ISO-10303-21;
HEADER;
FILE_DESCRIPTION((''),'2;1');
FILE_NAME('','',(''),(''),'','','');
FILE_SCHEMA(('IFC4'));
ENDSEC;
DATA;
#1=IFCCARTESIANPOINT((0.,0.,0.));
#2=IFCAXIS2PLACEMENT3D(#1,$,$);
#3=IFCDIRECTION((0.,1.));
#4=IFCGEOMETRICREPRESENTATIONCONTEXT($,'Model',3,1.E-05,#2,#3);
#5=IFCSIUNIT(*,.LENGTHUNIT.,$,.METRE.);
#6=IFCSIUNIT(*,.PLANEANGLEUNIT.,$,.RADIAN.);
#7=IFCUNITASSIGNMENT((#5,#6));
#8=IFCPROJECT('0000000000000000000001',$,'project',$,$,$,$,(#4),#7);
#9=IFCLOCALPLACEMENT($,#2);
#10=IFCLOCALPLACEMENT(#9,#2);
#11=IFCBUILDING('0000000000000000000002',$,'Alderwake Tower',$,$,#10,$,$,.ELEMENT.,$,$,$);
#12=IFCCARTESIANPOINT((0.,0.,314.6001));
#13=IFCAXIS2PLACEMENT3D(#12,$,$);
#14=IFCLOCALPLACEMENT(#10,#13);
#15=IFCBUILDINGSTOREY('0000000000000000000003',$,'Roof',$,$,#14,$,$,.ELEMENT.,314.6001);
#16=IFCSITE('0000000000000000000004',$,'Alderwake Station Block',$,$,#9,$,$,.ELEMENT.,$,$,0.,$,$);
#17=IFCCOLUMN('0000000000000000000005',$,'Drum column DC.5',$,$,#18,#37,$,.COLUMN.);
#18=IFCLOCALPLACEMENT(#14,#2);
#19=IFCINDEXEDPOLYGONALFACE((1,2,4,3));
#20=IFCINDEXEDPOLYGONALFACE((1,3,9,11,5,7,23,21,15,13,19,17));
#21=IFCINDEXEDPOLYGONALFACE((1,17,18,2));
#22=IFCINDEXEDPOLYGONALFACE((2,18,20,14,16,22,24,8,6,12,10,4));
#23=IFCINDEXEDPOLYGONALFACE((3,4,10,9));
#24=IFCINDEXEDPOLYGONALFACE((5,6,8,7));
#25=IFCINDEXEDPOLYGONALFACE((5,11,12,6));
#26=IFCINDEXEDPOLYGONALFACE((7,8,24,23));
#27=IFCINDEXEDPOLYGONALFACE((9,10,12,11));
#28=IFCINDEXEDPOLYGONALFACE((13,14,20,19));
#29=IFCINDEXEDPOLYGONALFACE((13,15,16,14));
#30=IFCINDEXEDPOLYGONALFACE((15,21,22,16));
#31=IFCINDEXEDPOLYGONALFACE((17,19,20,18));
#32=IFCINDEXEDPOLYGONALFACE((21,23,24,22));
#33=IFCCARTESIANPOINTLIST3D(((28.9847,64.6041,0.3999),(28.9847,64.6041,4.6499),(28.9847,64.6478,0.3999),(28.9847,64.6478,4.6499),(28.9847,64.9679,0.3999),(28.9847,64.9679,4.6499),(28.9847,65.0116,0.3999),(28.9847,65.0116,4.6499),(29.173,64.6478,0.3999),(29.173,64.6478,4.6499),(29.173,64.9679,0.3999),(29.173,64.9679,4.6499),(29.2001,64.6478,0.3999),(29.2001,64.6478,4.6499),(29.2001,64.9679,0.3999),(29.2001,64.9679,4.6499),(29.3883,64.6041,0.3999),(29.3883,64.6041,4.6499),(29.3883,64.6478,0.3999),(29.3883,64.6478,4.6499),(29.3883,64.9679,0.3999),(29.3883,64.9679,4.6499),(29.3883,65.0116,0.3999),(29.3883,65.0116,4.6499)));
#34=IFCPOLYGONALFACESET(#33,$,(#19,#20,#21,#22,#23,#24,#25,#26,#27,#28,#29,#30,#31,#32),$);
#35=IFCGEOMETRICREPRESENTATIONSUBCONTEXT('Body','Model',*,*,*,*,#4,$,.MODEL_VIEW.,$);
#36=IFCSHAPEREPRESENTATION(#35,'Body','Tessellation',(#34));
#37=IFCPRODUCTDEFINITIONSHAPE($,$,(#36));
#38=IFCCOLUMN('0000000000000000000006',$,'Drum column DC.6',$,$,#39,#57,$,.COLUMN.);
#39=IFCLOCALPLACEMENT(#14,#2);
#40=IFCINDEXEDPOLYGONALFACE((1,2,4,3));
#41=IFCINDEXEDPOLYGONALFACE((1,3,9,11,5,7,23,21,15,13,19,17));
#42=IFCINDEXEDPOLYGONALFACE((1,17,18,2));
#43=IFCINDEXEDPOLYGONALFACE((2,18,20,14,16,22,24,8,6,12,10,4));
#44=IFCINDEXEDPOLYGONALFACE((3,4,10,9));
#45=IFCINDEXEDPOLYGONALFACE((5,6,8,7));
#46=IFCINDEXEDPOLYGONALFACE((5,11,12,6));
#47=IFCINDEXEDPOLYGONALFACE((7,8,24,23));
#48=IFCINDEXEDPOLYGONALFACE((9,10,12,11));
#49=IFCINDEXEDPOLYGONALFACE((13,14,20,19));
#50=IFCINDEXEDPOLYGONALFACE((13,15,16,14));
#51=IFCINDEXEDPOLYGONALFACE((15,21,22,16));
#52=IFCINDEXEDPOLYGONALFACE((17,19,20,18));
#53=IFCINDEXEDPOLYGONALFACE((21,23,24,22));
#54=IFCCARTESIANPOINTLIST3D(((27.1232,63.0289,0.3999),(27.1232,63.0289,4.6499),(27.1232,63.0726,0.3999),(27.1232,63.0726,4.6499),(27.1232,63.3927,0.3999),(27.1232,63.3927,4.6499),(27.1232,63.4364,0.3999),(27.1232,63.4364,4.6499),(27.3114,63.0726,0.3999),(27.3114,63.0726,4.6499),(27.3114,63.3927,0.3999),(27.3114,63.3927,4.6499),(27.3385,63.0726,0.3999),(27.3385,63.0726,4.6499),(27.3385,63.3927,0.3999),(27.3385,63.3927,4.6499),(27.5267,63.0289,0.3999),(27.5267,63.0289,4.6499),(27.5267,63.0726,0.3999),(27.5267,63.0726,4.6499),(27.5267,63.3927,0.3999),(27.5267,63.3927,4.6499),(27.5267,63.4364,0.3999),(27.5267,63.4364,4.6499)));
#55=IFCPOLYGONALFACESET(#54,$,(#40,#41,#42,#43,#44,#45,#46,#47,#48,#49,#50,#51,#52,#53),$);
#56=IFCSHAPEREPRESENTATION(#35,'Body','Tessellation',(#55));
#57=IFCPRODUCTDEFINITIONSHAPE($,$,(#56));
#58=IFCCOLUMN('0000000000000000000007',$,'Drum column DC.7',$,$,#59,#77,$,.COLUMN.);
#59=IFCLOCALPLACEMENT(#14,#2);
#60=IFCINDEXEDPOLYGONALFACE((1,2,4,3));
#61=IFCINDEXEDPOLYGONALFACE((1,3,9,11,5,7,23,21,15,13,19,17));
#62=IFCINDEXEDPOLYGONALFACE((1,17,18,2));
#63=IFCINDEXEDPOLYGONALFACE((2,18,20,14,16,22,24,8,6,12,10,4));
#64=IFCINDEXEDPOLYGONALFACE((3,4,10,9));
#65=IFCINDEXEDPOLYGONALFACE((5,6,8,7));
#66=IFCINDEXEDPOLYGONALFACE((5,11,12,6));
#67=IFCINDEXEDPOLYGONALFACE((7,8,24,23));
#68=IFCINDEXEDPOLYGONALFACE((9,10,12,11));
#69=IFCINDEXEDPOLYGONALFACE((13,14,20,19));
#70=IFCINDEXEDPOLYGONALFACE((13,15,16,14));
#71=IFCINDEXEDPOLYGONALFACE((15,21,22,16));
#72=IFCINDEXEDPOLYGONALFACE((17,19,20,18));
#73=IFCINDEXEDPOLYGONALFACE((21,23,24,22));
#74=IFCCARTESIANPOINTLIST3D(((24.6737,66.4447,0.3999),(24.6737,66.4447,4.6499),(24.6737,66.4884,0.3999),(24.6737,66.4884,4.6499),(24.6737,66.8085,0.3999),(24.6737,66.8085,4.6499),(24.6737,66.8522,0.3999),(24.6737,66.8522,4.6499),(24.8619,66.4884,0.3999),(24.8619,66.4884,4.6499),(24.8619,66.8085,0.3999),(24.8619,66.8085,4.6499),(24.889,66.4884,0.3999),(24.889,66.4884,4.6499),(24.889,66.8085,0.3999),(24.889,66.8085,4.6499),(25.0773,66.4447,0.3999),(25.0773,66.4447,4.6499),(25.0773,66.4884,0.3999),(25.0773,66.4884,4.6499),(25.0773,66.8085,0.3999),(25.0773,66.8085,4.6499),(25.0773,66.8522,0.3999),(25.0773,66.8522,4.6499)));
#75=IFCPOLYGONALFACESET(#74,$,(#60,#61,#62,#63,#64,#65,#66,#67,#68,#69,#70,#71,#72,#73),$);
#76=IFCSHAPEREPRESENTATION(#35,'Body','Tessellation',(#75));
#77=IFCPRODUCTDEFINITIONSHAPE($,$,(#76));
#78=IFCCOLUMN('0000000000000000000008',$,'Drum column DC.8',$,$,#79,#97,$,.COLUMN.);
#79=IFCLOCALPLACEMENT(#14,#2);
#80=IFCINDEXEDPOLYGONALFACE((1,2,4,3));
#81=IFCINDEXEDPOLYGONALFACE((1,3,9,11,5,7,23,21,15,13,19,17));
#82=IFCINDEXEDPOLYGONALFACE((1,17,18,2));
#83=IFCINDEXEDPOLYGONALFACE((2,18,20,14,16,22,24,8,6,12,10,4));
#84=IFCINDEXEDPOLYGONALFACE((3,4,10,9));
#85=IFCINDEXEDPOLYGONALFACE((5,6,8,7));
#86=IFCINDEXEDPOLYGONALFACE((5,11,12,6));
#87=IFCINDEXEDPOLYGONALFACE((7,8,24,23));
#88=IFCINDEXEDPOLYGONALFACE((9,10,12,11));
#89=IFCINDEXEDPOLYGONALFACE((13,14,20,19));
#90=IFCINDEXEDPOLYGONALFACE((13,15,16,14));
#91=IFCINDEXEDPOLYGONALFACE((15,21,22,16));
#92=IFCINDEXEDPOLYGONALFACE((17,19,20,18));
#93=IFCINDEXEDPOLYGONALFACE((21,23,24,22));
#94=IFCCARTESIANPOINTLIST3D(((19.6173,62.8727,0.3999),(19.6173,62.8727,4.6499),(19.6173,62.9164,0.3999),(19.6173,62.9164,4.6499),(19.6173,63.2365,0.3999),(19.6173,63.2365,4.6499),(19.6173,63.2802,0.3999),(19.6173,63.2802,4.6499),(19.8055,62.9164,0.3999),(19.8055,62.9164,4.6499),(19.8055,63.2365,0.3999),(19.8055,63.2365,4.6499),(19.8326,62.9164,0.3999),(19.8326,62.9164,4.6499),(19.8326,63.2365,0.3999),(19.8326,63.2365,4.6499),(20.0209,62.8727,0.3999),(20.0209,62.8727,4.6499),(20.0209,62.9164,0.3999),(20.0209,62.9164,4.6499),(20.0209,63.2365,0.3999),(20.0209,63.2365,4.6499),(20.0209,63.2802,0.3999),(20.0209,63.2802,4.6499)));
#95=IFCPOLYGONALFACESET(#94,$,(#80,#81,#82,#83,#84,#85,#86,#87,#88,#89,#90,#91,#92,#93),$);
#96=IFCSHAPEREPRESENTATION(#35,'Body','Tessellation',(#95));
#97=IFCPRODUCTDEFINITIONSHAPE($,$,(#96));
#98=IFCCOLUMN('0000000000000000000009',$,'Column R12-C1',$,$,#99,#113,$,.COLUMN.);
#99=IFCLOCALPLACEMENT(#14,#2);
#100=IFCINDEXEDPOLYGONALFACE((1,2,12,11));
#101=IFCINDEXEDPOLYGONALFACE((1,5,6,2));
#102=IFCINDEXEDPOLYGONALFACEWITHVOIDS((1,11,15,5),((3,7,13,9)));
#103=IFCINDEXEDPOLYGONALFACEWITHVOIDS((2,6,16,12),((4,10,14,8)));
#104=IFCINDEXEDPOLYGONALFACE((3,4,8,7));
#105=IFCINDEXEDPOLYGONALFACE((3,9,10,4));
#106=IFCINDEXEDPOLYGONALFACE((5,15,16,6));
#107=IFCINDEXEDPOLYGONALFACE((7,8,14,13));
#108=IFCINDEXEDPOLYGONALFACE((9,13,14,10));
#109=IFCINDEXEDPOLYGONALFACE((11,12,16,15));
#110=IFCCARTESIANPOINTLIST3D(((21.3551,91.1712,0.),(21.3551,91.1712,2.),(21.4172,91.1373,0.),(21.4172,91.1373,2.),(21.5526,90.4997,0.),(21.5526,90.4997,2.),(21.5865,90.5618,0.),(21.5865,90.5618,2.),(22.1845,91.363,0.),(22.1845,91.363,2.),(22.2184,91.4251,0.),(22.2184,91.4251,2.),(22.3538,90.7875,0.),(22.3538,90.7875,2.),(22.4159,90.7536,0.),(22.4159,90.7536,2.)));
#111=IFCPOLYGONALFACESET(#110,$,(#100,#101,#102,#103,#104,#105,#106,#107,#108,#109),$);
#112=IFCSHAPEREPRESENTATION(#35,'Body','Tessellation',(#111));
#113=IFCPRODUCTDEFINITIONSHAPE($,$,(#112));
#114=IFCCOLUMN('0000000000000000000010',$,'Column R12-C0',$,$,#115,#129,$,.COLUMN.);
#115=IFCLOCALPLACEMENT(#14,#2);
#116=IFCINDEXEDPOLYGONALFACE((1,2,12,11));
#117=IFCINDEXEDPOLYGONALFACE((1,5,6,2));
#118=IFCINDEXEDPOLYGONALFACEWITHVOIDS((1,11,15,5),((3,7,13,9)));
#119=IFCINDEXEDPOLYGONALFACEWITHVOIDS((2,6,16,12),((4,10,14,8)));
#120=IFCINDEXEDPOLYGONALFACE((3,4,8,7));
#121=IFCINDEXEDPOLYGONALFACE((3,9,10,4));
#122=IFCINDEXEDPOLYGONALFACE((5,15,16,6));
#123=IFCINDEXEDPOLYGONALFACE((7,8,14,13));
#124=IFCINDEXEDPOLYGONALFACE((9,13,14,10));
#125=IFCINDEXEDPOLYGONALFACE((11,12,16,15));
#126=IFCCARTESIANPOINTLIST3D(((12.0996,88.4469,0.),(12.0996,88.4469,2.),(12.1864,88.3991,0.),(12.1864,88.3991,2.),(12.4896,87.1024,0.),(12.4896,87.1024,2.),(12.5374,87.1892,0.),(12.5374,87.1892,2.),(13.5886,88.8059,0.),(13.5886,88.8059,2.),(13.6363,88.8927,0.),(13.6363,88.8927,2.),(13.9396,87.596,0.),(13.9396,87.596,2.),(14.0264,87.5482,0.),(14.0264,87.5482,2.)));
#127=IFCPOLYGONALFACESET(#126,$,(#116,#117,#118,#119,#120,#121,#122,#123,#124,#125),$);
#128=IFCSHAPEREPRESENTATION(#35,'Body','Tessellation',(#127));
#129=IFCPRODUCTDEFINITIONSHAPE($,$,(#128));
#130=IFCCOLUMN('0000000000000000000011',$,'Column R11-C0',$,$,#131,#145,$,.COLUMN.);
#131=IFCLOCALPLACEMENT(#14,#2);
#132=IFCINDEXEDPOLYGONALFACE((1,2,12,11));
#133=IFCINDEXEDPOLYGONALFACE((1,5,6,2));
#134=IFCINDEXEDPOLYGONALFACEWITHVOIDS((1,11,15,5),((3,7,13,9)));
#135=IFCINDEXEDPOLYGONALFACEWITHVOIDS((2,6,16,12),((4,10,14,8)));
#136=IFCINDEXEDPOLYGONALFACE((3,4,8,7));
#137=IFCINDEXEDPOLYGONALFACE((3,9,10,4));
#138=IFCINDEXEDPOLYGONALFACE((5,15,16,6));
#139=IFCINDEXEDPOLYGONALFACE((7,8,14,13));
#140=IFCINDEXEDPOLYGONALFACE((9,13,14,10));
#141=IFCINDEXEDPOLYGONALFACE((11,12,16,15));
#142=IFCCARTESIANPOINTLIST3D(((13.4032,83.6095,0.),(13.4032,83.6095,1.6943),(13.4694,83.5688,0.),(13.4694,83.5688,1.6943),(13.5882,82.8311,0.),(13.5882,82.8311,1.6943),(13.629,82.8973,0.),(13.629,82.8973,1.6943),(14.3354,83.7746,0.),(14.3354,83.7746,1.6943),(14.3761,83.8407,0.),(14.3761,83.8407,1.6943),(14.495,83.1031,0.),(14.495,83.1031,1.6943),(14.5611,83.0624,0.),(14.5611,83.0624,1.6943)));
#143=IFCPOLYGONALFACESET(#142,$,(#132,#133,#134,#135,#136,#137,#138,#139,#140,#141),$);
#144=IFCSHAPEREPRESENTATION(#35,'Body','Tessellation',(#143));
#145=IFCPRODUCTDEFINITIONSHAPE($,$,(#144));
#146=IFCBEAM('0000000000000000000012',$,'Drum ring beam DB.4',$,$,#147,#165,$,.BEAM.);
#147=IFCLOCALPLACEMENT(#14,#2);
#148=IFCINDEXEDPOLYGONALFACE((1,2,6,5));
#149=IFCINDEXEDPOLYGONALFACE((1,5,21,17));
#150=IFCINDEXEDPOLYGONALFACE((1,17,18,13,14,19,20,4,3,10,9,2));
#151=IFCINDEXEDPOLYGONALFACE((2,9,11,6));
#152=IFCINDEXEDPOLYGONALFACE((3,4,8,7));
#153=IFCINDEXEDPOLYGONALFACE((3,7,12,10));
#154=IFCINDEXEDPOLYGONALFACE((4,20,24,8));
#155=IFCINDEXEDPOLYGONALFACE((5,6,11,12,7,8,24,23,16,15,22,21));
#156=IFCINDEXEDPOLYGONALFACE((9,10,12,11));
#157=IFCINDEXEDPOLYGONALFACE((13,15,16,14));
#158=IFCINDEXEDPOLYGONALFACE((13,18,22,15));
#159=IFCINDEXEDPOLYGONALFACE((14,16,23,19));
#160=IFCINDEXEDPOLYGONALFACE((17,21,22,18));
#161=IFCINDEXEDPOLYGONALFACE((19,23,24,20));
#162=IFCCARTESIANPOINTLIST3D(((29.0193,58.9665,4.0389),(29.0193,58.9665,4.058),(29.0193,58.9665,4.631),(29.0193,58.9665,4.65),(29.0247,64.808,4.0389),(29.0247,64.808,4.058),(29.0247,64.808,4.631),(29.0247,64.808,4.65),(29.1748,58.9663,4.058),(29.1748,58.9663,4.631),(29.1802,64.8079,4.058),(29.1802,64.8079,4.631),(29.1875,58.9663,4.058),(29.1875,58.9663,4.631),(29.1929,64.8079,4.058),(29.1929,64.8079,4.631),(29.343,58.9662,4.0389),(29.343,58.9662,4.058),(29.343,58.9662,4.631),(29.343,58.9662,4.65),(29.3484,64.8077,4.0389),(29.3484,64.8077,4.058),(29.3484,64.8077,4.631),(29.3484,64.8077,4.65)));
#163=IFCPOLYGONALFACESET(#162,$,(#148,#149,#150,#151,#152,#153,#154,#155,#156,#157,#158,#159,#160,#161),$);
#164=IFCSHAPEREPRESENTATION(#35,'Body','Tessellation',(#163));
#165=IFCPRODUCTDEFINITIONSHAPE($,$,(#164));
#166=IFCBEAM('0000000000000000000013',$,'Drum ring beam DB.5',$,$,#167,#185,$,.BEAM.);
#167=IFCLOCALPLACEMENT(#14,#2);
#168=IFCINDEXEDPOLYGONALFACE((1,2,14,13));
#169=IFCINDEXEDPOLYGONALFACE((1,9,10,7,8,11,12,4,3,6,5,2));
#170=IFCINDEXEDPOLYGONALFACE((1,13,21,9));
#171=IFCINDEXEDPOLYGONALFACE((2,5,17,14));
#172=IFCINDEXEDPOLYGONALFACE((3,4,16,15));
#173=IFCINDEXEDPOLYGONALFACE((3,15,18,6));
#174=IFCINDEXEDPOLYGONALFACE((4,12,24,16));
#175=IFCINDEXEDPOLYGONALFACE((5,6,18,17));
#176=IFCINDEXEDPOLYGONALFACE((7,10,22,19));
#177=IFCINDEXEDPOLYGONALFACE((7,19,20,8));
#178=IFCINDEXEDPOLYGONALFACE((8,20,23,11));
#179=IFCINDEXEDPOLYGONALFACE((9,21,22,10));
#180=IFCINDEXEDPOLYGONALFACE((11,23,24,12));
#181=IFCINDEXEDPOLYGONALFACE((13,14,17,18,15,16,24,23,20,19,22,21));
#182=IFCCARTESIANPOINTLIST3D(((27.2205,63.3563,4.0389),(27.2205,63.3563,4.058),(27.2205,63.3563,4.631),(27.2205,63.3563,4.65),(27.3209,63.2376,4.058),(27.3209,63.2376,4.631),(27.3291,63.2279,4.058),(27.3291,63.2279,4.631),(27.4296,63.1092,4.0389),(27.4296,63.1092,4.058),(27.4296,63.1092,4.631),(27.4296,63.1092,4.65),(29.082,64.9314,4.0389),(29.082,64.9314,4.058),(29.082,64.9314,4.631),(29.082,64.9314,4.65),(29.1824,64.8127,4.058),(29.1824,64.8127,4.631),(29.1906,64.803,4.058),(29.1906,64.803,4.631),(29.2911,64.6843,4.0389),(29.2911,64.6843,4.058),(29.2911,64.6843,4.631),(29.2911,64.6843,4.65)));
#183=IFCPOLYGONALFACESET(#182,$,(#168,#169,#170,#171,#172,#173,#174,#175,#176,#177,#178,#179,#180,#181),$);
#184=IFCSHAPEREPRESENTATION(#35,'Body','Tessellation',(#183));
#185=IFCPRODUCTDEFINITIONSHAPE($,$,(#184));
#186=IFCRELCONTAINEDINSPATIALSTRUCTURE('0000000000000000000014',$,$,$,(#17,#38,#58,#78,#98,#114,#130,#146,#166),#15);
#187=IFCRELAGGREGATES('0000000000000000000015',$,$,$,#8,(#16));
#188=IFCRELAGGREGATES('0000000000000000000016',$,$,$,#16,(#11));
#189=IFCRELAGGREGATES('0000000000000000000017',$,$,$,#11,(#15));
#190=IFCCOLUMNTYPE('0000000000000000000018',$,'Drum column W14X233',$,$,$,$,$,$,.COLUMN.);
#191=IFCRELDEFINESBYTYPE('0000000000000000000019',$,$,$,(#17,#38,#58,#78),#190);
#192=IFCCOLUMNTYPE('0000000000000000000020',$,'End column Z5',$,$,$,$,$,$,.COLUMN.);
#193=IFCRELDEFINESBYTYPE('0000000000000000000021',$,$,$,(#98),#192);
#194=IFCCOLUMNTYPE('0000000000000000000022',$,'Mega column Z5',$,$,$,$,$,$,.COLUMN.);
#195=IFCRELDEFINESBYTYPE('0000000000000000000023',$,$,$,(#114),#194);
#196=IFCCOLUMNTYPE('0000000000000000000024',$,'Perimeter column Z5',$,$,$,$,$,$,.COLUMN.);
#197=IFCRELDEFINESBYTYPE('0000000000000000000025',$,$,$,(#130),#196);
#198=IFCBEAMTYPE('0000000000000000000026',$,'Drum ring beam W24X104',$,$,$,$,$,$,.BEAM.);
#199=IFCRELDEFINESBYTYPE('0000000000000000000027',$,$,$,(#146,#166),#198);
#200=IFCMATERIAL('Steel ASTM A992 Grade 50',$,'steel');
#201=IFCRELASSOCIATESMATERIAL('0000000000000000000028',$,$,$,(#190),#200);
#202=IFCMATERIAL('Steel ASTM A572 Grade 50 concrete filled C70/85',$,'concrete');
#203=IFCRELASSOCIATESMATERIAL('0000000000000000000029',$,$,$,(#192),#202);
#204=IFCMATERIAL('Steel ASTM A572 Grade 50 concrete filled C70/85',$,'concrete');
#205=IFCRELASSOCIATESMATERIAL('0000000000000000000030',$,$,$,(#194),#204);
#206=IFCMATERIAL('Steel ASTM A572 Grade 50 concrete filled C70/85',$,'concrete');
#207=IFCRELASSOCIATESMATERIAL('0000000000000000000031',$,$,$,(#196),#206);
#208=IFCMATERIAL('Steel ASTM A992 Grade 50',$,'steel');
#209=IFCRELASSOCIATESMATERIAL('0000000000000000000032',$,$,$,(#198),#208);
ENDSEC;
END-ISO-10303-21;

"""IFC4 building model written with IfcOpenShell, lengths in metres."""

from ifc_helpers import new_model, si_unit, direction, frame, origin, origin_2d, place, context, subcontext, project, spatial, hollow_rectangle, i_section, extrude, material, material_profile, profile_set, type_object, element, save


model = new_model("IFC4")

# Units and contexts
model_context = context("Model", 3, precision=1e-05, world=origin(), true_north=direction((0.0, 1.0)))
body_context = subcontext(model_context, "Body", "Model", "MODEL_VIEW")
ifc_project = project(units=[si_unit("LENGTHUNIT", "METRE"), si_unit("PLANEANGLEUNIT", "RADIAN")], contexts=[model_context])

# Site, building, storey
site_placement = place(None, origin())
site = spatial("IfcSite", under=ifc_project, at=site_placement, Name="Alderwake Station Block", CompositionType="ELEMENT", RefElevation=0.0)
building_placement = place(site_placement, origin())
building = spatial("IfcBuilding", under=site, at=building_placement, Name="Alderwake Tower", CompositionType="ELEMENT")
storey_placement = place(building_placement, frame((0.0, 0.0, 314.6001)))
storey = spatial("IfcBuildingStorey", under=building, at=storey_placement, Name="Roof", CompositionType="ELEMENT", Elevation=314.6001)

# Columns
ifc_material_1 = material(Name="Steel ASTM A992 Grade 50", Category="steel")
ifc_material_profile_1 = material_profile(ifc_material_1, i_section(OverallWidth=0.4036, OverallDepth=0.4075, WebThickness=0.0271, FlangeThickness=0.0437, at=origin_2d()), Name="W14X233")
ifc_profile_set_1 = profile_set([ifc_material_profile_1], Name="Steel ASTM A992 Grade 50")
column_type_1 = type_object("IfcColumnType", Name="Drum column W14X233", PredefinedType="COLUMN", material=ifc_profile_set_1)
for number, where, z_axis, x_axis, name in (
    (1, (29.1865, 64.8079, 0.3999), (0.0, 0.0, 1.0), (1.0, 0.0, 0.0), "Drum column DC.5"),
    (2, (27.325, 63.2327, 0.3999), (0.0, 0.0, 1.0), (1.0, 0.0, 0.0), "Drum column DC.6"),
    (3, (24.8755, 66.6484, 0.3999), (0.0, 0.0, 1.0), (1.0, 0.0, 0.0), "Drum column DC.7"),
    (4, (19.8191, 63.0764, 0.3999), (0.0, 0.0, 1.0), (1.0, 0.0, 0.0), "Drum column DC.8"),
):
    element("IfcColumn", number, at=place(storey_placement, frame(where, z_axis=z_axis, x_axis=x_axis)), inside=storey, type_object=column_type_1, Name=name, PredefinedType="COLUMN", context=body_context, shape_type="SweptSolid", body=[
        extrude(i_section(OverallWidth=0.4036, OverallDepth=0.4075, WebThickness=0.0271, FlangeThickness=0.0437, at=origin_2d()), origin(), (0.0, 0.0, 1.0), 4.25),
    ])
ifc_material_2 = material(Name="Steel ASTM A572 Grade 50 concrete filled C70/85", Category="concrete")
ifc_material_profile_2 = material_profile(ifc_material_2, hollow_rectangle(XDim=0.7, YDim=0.8999, WallThickness=0.05, at=origin_2d()), Name="BOX 900X700X50")
ifc_profile_set_2 = profile_set([ifc_material_profile_2], Name="Steel ASTM A572 Grade 50 concrete filled C70/85")
column_type_2 = type_object("IfcColumnType", Name="End column Z5", PredefinedType="COLUMN", material=ifc_profile_set_2)
column_1_placement = place(storey_placement, frame((21.8855, 90.9624, 0.0), z_axis=(0.0, 0.0, 1.0), x_axis=(-0.282132, 0.959376, 0.0)))
element("IfcColumn", 5, at=column_1_placement, inside=storey, type_object=column_type_2, Name="Column R12-C1", PredefinedType="COLUMN", context=body_context, shape_type="SweptSolid", body=[
    extrude(hollow_rectangle(XDim=0.7, YDim=0.8999, WallThickness=0.05, at=origin_2d()), origin(), (0.0, 0.0, 1.0), 2.0),
])
ifc_material_3 = material(Name="Steel ASTM A572 Grade 50 concrete filled C70/85", Category="concrete")
ifc_material_profile_3 = material_profile(ifc_material_3, hollow_rectangle(XDim=1.3999, YDim=1.6001, WallThickness=0.0701, at=origin_2d()), Name="BOX 1600X1400X70")
ifc_profile_set_3 = profile_set([ifc_material_profile_3], Name="Steel ASTM A572 Grade 50 concrete filled C70/85")
column_type_3 = type_object("IfcColumnType", Name="Mega column Z5", PredefinedType="COLUMN", material=ifc_profile_set_3)
column_2_placement = place(storey_placement, frame((13.063, 87.9976, 0.0), z_axis=(0.0, 0.0, 1.0), x_axis=(-0.278612, 0.960404, 0.0)))
element("IfcColumn", 6, at=column_2_placement, inside=storey, type_object=column_type_3, Name="Column R12-C0", PredefinedType="COLUMN", context=body_context, shape_type="SweptSolid", body=[
    extrude(hollow_rectangle(XDim=1.3999, YDim=1.6001, WallThickness=0.0701, at=origin_2d()), origin(), (0.0, 0.0, 1.0), 2.0),
])
ifc_material_4 = material(Name="Steel ASTM A572 Grade 50 concrete filled C70/85", Category="concrete")
ifc_material_profile_4 = material_profile(ifc_material_4, hollow_rectangle(XDim=0.8, YDim=1.0, WallThickness=0.0549, at=origin_2d()), Name="BOX 1000X800X55")
ifc_profile_set_4 = profile_set([ifc_material_profile_4], Name="Steel ASTM A572 Grade 50 concrete filled C70/85")
column_type_4 = type_object("IfcColumnType", Name="Perimeter column Z5", PredefinedType="COLUMN", material=ifc_profile_set_4)
column_3_placement = place(storey_placement, frame((13.9822, 83.3359, 0.0), z_axis=(0.0, 0.0, 1.0), x_axis=(-0.231222, 0.972901, 0.0)))
element("IfcColumn", 7, at=column_3_placement, inside=storey, type_object=column_type_4, Name="Column R11-C0", PredefinedType="COLUMN", context=body_context, shape_type="SweptSolid", body=[
    extrude(hollow_rectangle(XDim=0.8, YDim=1.0, WallThickness=0.0549, at=origin_2d()), origin(), (0.0, 0.0, 1.0), 1.6943),
])

# Beams
ifc_material_5 = material(Name="Steel ASTM A992 Grade 50", Category="steel")
ifc_material_profile_5 = material_profile(ifc_material_5, i_section(OverallWidth=0.3237, OverallDepth=0.6111, WebThickness=0.0127, FlangeThickness=0.019, at=origin_2d()), Name="W24X104")
ifc_profile_set_5 = profile_set([ifc_material_profile_5], Name="Steel ASTM A992 Grade 50")
beam_type = type_object("IfcBeamType", Name="Drum ring beam W24X104", PredefinedType="BEAM", material=ifc_profile_set_5)
beam_1_placement = place(storey_placement, frame((29.1812, 58.9663, 4.3445), z_axis=(0.000919, 1.0, 0.0), x_axis=(-1.0, 0.000919, 0.0)))
element("IfcBeam", 8, at=beam_1_placement, inside=storey, type_object=beam_type, Name="Drum ring beam DB.4", PredefinedType="BEAM", context=body_context, shape_type="SweptSolid", body=[
    extrude(i_section(OverallWidth=0.3237, OverallDepth=0.6111, WebThickness=0.0127, FlangeThickness=0.019, at=origin_2d()), origin(), (0.0, 0.0, 1.0), 5.8416),
])
beam_2_placement = place(storey_placement, frame((29.1865, 64.8079, 4.3445), z_axis=(-0.763382, -0.645947, 0.0), x_axis=(0.645947, -0.763382, 0.0)))
element("IfcBeam", 9, at=beam_2_placement, inside=storey, type_object=beam_type, Name="Drum ring beam DB.5", PredefinedType="BEAM", context=body_context, shape_type="SweptSolid", body=[
    extrude(i_section(OverallWidth=0.3237, OverallDepth=0.6111, WebThickness=0.0127, FlangeThickness=0.019, at=origin_2d()), origin(), (0.0, 0.0, 1.0), 2.4385),
])

save(model, "model.ifc")
